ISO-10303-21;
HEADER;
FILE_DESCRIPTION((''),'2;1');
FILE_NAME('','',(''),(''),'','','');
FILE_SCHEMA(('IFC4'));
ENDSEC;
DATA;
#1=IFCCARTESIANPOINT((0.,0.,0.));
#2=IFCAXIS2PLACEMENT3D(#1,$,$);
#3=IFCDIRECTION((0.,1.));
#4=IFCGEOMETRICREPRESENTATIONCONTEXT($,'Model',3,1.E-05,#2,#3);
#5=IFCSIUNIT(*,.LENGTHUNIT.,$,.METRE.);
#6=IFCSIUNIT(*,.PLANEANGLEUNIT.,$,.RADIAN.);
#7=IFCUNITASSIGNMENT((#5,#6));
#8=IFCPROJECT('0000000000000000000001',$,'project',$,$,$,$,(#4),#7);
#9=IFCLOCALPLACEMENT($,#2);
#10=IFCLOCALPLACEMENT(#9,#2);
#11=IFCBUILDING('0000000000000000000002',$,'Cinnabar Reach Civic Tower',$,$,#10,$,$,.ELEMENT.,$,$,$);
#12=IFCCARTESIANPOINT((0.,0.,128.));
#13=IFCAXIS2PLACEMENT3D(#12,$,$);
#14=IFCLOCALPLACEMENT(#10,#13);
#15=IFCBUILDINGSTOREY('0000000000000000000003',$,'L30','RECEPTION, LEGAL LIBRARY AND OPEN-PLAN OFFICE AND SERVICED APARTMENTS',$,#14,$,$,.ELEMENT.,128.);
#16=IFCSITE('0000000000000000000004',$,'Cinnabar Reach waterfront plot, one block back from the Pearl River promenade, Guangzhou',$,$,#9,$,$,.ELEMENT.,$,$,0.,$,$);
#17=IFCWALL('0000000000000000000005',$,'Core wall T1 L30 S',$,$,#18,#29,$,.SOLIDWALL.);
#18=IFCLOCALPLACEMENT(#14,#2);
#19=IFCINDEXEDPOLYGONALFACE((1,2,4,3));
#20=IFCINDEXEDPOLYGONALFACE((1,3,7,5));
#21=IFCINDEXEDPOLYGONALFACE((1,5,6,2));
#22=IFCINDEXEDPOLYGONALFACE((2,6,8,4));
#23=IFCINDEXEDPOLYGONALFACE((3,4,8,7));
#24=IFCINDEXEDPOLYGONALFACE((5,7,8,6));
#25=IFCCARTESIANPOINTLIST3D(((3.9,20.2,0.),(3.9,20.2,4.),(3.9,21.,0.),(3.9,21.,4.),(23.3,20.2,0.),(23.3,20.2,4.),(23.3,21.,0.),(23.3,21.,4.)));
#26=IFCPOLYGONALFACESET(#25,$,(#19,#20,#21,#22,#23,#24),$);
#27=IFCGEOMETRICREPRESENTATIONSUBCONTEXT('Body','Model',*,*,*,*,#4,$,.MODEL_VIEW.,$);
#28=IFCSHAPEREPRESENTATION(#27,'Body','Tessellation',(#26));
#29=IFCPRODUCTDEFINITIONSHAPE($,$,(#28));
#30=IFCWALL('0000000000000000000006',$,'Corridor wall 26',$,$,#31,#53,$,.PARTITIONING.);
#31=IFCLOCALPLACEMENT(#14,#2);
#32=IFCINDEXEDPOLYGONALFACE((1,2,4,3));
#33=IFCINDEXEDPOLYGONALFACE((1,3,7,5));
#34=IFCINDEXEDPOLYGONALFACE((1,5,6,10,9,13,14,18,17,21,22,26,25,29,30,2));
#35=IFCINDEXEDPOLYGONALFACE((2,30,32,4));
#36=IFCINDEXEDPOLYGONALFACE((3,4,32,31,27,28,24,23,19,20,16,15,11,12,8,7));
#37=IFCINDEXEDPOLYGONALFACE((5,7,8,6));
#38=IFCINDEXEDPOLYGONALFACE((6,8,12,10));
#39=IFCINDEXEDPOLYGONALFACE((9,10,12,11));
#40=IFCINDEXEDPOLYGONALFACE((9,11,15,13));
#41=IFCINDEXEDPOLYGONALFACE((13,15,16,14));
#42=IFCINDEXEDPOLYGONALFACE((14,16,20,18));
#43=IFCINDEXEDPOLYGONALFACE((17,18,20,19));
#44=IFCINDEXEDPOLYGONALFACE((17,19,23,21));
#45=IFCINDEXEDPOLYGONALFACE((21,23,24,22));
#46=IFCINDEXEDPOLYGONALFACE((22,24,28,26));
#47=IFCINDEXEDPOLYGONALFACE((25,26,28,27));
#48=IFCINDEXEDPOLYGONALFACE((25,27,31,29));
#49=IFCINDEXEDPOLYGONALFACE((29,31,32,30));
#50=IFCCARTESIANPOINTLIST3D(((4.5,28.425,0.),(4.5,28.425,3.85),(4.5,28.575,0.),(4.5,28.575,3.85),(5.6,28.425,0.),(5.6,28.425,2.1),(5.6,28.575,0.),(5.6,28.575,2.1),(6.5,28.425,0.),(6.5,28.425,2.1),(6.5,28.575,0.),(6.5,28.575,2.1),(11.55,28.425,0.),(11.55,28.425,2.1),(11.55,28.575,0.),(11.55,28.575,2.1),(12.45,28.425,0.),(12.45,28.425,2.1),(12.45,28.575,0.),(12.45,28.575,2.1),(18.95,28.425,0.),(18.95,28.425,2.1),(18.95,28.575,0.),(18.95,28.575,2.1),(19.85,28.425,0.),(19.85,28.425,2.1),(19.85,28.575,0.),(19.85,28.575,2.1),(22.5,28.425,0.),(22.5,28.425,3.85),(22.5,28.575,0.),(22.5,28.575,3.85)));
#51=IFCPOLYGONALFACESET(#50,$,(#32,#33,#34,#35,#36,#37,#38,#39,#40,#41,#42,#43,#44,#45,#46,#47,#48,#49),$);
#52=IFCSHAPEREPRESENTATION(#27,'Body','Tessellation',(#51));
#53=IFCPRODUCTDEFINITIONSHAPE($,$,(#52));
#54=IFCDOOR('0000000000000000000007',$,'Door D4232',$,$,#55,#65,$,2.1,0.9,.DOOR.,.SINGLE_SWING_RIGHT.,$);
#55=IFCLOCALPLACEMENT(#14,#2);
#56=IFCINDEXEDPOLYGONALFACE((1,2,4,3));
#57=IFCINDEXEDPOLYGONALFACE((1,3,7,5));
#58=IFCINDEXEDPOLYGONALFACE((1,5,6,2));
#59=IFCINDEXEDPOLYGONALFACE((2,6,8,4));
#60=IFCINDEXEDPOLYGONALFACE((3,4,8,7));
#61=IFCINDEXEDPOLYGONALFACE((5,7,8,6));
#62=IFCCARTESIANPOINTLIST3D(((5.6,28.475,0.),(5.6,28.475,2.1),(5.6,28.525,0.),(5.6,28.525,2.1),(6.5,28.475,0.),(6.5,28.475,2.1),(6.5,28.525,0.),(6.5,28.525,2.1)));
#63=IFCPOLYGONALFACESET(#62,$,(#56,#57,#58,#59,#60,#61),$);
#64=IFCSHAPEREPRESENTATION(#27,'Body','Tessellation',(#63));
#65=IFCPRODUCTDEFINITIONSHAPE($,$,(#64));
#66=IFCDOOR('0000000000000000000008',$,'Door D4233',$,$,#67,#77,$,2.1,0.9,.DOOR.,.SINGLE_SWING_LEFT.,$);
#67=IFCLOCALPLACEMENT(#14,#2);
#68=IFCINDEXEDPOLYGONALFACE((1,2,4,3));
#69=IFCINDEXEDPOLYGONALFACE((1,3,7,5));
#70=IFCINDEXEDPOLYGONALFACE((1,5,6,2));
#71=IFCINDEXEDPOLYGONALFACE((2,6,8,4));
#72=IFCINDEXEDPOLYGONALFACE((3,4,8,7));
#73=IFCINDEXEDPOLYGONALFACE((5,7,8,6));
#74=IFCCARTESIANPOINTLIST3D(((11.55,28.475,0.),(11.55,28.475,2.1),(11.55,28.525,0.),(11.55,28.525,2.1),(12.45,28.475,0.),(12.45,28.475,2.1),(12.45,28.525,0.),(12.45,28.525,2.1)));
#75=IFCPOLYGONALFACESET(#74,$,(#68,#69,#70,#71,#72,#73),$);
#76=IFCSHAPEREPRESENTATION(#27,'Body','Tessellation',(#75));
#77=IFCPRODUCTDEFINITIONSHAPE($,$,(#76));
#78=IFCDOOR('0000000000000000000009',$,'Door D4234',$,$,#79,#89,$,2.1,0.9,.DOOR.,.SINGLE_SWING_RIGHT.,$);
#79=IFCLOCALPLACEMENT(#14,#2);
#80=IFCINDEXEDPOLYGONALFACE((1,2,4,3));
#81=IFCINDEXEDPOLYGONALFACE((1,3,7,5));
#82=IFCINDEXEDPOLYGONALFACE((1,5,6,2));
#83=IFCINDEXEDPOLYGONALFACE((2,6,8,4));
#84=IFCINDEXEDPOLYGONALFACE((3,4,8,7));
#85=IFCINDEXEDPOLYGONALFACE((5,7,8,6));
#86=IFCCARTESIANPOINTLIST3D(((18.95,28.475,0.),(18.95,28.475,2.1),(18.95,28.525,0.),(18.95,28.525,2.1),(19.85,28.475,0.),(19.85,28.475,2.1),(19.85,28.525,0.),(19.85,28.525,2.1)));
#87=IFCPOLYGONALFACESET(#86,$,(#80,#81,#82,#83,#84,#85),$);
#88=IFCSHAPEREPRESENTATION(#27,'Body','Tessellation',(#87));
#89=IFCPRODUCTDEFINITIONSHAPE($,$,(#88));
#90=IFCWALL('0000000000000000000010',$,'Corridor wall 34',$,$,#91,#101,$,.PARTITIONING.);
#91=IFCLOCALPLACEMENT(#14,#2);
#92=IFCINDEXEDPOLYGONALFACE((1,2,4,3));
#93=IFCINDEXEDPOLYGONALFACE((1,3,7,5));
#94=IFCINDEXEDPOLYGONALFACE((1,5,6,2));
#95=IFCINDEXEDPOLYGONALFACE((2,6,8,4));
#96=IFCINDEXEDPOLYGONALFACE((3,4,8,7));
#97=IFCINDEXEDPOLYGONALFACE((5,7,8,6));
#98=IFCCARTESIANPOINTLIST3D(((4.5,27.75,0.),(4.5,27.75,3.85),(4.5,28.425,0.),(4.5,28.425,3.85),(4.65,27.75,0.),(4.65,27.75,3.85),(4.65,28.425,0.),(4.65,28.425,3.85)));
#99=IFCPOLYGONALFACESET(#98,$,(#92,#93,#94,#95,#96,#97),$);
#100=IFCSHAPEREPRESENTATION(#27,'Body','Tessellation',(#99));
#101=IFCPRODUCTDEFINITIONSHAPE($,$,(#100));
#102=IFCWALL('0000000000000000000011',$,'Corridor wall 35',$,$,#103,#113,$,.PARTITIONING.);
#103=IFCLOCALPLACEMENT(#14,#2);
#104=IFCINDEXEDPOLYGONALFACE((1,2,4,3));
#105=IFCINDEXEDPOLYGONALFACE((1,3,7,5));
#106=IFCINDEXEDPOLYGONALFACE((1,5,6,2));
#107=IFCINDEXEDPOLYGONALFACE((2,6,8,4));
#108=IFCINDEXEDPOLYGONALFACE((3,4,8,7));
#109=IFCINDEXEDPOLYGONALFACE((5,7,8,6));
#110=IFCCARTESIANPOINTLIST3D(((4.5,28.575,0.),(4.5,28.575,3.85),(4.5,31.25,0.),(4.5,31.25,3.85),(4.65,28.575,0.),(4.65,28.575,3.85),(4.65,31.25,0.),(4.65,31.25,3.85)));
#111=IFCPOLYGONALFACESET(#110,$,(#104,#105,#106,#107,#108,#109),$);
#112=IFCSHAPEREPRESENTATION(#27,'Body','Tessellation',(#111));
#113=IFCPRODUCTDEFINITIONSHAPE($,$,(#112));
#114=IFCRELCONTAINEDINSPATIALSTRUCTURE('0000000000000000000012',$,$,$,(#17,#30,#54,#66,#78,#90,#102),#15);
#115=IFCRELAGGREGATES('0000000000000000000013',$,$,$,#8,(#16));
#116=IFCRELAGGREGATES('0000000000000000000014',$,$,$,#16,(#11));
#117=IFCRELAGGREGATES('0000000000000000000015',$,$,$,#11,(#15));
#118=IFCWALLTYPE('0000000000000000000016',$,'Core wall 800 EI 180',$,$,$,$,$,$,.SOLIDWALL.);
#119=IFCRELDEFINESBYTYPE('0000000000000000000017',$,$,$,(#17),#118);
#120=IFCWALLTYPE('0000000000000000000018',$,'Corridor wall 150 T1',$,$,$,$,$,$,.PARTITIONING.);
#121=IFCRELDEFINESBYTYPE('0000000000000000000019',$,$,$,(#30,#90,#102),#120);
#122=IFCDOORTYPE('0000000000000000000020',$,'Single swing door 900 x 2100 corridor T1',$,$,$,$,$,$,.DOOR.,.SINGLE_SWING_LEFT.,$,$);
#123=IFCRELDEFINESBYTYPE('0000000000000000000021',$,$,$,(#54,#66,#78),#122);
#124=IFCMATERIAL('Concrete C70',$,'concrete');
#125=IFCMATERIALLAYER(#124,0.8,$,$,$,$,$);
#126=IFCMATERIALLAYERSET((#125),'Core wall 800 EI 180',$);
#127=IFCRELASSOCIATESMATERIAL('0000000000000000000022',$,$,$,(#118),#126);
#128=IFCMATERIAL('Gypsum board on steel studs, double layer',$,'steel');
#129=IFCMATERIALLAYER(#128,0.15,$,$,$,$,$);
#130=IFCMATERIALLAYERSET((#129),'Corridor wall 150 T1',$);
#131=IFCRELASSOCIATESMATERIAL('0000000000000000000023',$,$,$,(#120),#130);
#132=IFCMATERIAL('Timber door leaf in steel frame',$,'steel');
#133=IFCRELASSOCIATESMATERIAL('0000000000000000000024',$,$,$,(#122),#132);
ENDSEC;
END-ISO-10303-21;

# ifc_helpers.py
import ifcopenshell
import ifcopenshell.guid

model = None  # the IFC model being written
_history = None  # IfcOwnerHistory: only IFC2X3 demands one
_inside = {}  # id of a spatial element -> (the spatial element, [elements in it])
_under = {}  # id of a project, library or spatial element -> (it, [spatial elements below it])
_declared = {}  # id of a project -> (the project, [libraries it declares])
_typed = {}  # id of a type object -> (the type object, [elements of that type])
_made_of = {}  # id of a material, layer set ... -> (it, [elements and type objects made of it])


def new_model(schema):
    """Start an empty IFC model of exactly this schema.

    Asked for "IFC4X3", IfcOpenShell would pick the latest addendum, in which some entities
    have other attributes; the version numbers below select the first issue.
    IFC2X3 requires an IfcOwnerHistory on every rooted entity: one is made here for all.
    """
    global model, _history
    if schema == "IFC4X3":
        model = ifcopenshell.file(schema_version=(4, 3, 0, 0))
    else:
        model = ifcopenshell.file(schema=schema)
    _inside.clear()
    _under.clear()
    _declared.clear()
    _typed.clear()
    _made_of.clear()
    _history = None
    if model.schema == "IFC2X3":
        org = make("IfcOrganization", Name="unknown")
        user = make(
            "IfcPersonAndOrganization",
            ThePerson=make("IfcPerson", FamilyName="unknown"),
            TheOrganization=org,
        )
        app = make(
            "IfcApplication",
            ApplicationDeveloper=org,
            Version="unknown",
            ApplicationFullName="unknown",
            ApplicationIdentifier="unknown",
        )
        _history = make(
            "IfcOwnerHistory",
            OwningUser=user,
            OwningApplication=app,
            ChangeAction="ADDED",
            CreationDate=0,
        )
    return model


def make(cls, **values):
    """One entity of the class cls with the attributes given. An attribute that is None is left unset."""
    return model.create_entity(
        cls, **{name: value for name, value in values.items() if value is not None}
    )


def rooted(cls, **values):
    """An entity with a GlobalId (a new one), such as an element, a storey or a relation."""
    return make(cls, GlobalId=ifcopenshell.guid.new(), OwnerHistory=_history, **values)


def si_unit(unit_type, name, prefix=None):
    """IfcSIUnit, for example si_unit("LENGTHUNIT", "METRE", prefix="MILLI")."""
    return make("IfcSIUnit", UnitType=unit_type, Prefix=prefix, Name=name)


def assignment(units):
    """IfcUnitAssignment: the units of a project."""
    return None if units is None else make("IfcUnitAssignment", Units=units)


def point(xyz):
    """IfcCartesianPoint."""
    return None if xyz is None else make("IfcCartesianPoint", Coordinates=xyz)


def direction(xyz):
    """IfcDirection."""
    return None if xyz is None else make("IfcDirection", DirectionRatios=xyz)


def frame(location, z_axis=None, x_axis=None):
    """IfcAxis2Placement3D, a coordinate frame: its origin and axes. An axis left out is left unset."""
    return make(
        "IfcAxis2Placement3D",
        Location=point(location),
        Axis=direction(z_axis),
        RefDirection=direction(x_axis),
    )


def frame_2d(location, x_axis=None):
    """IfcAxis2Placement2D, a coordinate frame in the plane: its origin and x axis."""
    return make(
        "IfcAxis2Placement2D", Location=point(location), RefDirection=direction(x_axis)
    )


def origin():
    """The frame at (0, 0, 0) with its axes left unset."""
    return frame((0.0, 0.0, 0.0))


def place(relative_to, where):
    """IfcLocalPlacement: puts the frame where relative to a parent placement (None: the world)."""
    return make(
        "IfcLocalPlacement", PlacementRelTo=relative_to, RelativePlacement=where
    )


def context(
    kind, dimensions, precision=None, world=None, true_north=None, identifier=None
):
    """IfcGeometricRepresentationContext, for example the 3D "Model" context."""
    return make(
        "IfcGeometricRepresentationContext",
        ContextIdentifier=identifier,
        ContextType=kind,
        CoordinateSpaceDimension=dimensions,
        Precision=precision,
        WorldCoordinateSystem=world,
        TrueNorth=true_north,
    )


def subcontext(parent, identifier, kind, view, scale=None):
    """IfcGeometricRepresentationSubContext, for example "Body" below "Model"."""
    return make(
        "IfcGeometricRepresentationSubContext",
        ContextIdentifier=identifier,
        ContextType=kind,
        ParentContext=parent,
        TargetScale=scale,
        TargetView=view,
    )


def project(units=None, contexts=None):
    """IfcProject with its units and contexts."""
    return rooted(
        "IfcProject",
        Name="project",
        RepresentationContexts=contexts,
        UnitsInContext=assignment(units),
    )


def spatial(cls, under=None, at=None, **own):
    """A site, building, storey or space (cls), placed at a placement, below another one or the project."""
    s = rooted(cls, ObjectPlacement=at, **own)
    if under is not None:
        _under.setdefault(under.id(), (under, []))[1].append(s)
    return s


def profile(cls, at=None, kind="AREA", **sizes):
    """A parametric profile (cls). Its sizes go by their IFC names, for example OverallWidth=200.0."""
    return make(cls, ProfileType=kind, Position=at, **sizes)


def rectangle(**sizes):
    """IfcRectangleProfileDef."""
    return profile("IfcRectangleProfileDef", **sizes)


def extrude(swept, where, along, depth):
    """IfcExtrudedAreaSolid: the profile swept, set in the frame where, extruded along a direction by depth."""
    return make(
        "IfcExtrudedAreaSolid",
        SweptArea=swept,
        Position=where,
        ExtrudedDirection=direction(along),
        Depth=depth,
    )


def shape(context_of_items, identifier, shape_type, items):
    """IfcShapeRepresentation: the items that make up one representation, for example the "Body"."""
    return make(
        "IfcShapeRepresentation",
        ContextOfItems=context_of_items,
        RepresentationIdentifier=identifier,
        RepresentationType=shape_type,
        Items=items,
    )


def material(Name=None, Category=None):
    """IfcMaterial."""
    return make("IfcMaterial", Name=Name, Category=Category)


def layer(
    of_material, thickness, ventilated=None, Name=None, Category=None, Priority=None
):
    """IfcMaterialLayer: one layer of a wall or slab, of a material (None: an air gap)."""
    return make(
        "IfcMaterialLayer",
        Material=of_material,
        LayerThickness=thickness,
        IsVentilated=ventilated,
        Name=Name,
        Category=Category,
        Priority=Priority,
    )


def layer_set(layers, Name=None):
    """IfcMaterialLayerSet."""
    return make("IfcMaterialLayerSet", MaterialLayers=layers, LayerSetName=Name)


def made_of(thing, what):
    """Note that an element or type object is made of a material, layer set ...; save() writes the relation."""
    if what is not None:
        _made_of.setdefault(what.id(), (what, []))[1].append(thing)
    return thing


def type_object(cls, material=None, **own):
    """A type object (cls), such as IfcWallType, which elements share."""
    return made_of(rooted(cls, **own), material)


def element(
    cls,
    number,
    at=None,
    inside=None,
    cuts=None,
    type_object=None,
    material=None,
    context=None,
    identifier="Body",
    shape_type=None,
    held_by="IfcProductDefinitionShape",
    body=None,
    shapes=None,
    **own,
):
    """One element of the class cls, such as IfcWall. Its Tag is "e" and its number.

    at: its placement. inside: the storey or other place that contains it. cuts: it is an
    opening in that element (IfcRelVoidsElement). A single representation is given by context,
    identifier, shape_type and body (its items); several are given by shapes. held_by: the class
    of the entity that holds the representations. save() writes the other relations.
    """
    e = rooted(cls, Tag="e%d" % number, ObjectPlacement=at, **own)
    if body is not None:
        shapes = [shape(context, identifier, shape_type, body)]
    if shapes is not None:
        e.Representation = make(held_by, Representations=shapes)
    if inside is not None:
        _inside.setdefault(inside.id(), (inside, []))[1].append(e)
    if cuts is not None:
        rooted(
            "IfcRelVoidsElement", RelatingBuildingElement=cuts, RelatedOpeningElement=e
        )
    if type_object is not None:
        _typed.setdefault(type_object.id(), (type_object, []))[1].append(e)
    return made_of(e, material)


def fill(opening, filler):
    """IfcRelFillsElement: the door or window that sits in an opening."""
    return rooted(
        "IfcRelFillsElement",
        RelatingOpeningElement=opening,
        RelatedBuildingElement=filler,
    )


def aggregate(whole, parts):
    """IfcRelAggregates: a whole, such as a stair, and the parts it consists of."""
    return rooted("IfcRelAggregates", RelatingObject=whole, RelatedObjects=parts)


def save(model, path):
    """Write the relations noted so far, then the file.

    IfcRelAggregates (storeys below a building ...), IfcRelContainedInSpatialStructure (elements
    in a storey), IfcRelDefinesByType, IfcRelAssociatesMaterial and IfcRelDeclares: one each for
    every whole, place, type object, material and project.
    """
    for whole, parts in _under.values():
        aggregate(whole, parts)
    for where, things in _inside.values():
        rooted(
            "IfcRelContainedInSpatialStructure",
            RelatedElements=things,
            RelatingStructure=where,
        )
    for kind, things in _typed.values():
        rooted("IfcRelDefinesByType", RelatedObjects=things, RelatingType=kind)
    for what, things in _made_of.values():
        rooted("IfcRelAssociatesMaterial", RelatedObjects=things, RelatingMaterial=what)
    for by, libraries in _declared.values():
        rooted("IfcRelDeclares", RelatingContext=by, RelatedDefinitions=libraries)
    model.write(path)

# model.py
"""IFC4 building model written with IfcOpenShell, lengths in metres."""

from ifc_helpers import new_model, si_unit, direction, frame, frame_2d, origin, place, context, subcontext, project, spatial, rectangle, extrude, material, layer, layer_set, type_object, element, fill, save


model = new_model("IFC4")

# Units and contexts
model_context = context("Model", 3, precision=1e-05, world=origin(), true_north=direction((0.0, 1.0)))
body_context = subcontext(model_context, "Body", "Model", "MODEL_VIEW")
ifc_project = project(units=[si_unit("LENGTHUNIT", "METRE"), si_unit("PLANEANGLEUNIT", "RADIAN")], contexts=[model_context])

# Site, building, storey
site_placement = place(None, origin())
site = spatial("IfcSite", under=ifc_project, at=site_placement, Name="Cinnabar Reach waterfront plot, one block back from the Pearl River promenade, Guangzhou", CompositionType="ELEMENT", RefElevation=0.0)
building_placement = place(site_placement, origin())
building = spatial("IfcBuilding", under=site, at=building_placement, Name="Cinnabar Reach Civic Tower", CompositionType="ELEMENT")
storey_placement = place(building_placement, frame((0.0, 0.0, 128.0)))
storey = spatial("IfcBuildingStorey", under=building, at=storey_placement, Name="L30", Description="RECEPTION, LEGAL LIBRARY AND OPEN-PLAN OFFICE AND SERVICED APARTMENTS", CompositionType="ELEMENT", Elevation=128.0)

# Shared definitions
ifc_material_1 = material(Name="Concrete C70", Category="concrete")
ifc_material_2 = material(Name="Timber door leaf in steel frame", Category="steel")

# Wall
ifc_layer_1 = layer(ifc_material_1, 0.8)
ifc_layer_set_1 = layer_set([ifc_layer_1], Name="Core wall 800 EI 180")
wall_type_1 = type_object("IfcWallType", Name="Core wall 800 EI 180", PredefinedType="SOLIDWALL", material=ifc_layer_set_1)
wall_1_placement = place(storey_placement, frame((3.9, 20.6, 0.0), z_axis=(0.0, 0.0, 1.0), x_axis=(1.0, 0.0, 0.0)))
element("IfcWall", 1, at=wall_1_placement, inside=storey, type_object=wall_type_1, Name="Core wall T1 L30 S", PredefinedType="SOLIDWALL", context=body_context, shape_type="SweptSolid", body=[
    extrude(rectangle(XDim=19.4, YDim=0.8, at=frame_2d((9.7, 0.0))), origin(), (0.0, 0.0, 1.0), 4.0),
])

# Wall, openings, doors
ifc_material_3 = material(Name="Gypsum board on steel studs, double layer", Category="steel")
ifc_layer_2 = layer(ifc_material_3, 0.15)
ifc_layer_set_2 = layer_set([ifc_layer_2], Name="Corridor wall 150 T1")
wall_type_2 = type_object("IfcWallType", Name="Corridor wall 150 T1", PredefinedType="PARTITIONING", material=ifc_layer_set_2)
wall_2_placement = place(storey_placement, frame((4.5, 28.5, 0.0), z_axis=(0.0, 0.0, 1.0), x_axis=(1.0, 0.0, 0.0)))
wall_2 = element("IfcWall", 2, at=wall_2_placement, inside=storey, type_object=wall_type_2, Name="Corridor wall 26", PredefinedType="PARTITIONING", context=body_context, shape_type="SweptSolid", body=[
    extrude(rectangle(XDim=18.0, YDim=0.15, at=frame_2d((9.0, 0.0))), origin(), (0.0, 0.0, 1.0), 3.85),
])
opening_1_placement = place(wall_2_placement, frame((1.1, 0.0, 0.0)))
opening_1 = element("IfcOpeningElement", 3, at=opening_1_placement, cuts=wall_2, PredefinedType="OPENING", context=body_context, shape_type="SweptSolid", body=[
    extrude(rectangle(XDim=0.9, YDim=2.1, at=frame_2d((0.45, 1.05))), frame((0.0, 0.085, 0.0), z_axis=(0.0, -1.0, 0.0), x_axis=(1.0, 0.0, 0.0)), (0.0, 0.0, 1.0), 0.17),
])
opening_2_placement = place(wall_2_placement, frame((7.05, 0.0, 0.0)))
opening_2 = element("IfcOpeningElement", 4, at=opening_2_placement, cuts=wall_2, PredefinedType="OPENING", context=body_context, shape_type="SweptSolid", body=[
    extrude(rectangle(XDim=0.9, YDim=2.1, at=frame_2d((0.45, 1.05))), frame((0.0, 0.085, 0.0), z_axis=(0.0, -1.0, 0.0), x_axis=(1.0, 0.0, 0.0)), (0.0, 0.0, 1.0), 0.17),
])
opening_3_placement = place(wall_2_placement, frame((14.45, 0.0, 0.0)))
opening_3 = element("IfcOpeningElement", 5, at=opening_3_placement, cuts=wall_2, PredefinedType="OPENING", context=body_context, shape_type="SweptSolid", body=[
    extrude(rectangle(XDim=0.9, YDim=2.1, at=frame_2d((0.45, 1.05))), frame((0.0, 0.085, 0.0), z_axis=(0.0, -1.0, 0.0), x_axis=(1.0, 0.0, 0.0)), (0.0, 0.0, 1.0), 0.17),
])
door_type_1 = type_object("IfcDoorType", Name="Single swing door 900 x 2100 corridor T1", OperationType="SINGLE_SWING_LEFT", PredefinedType="DOOR", material=ifc_material_2)
door_1_placement = place(opening_1_placement, origin())
door_1 = element("IfcDoor", 6, at=door_1_placement, inside=storey, type_object=door_type_1, Name="Door D4232", OperationType="SINGLE_SWING_RIGHT", OverallHeight=2.1, OverallWidth=0.9, PredefinedType="DOOR", context=body_context, shape_type="SweptSolid", body=[
    extrude(rectangle(XDim=0.9, YDim=2.1, at=frame_2d((0.45, 1.05))), frame((0.0, 0.025, 0.0), z_axis=(0.0, -1.0, 0.0), x_axis=(1.0, 0.0, 0.0)), (0.0, 0.0, 1.0), 0.05),
])
fill(opening_1, door_1)
door_2_placement = place(opening_2_placement, origin())
door_2 = element("IfcDoor", 7, at=door_2_placement, inside=storey, type_object=door_type_1, Name="Door D4233", OperationType="SINGLE_SWING_LEFT", OverallHeight=2.1, OverallWidth=0.9, PredefinedType="DOOR", context=body_context, shape_type="SweptSolid", body=[
    extrude(rectangle(XDim=0.9, YDim=2.1, at=frame_2d((0.45, 1.05))), frame((0.0, 0.025, 0.0), z_axis=(0.0, -1.0, 0.0), x_axis=(1.0, 0.0, 0.0)), (0.0, 0.0, 1.0), 0.05),
])
fill(opening_2, door_2)
door_3_placement = place(opening_3_placement, origin())
door_3 = element("IfcDoor", 8, at=door_3_placement, inside=storey, type_object=door_type_1, Name="Door D4234", OperationType="SINGLE_SWING_RIGHT", OverallHeight=2.1, OverallWidth=0.9, PredefinedType="DOOR", context=body_context, shape_type="SweptSolid", body=[
    extrude(rectangle(XDim=0.9, YDim=2.1, at=frame_2d((0.45, 1.05))), frame((0.0, 0.025, 0.0), z_axis=(0.0, -1.0, 0.0), x_axis=(1.0, 0.0, 0.0)), (0.0, 0.0, 1.0), 0.05),
])
fill(opening_3, door_3)

# Walls
wall_3_placement = place(storey_placement, frame((4.575, 27.75, 0.0), z_axis=(0.0, 0.0, 1.0), x_axis=(0.0, 1.0, 0.0)))
element("IfcWall", 9, at=wall_3_placement, inside=storey, type_object=wall_type_2, Name="Corridor wall 34", PredefinedType="PARTITIONING", context=body_context, shape_type="SweptSolid", body=[
    extrude(rectangle(XDim=0.675, YDim=0.15, at=frame_2d((0.3375, 0.0))), origin(), (0.0, 0.0, 1.0), 3.85),
])
wall_4_placement = place(storey_placement, frame((4.575, 28.575, 0.0), z_axis=(0.0, 0.0, 1.0), x_axis=(0.0, 1.0, 0.0)))
element("IfcWall", 10, at=wall_4_placement, inside=storey, type_object=wall_type_2, Name="Corridor wall 35", PredefinedType="PARTITIONING", context=body_context, shape_type="SweptSolid", body=[
    extrude(rectangle(XDim=2.675, YDim=0.15, at=frame_2d((1.3375, 0.0))), origin(), (0.0, 0.0, 1.0), 3.85),
])

save(model, "model.ifc")
